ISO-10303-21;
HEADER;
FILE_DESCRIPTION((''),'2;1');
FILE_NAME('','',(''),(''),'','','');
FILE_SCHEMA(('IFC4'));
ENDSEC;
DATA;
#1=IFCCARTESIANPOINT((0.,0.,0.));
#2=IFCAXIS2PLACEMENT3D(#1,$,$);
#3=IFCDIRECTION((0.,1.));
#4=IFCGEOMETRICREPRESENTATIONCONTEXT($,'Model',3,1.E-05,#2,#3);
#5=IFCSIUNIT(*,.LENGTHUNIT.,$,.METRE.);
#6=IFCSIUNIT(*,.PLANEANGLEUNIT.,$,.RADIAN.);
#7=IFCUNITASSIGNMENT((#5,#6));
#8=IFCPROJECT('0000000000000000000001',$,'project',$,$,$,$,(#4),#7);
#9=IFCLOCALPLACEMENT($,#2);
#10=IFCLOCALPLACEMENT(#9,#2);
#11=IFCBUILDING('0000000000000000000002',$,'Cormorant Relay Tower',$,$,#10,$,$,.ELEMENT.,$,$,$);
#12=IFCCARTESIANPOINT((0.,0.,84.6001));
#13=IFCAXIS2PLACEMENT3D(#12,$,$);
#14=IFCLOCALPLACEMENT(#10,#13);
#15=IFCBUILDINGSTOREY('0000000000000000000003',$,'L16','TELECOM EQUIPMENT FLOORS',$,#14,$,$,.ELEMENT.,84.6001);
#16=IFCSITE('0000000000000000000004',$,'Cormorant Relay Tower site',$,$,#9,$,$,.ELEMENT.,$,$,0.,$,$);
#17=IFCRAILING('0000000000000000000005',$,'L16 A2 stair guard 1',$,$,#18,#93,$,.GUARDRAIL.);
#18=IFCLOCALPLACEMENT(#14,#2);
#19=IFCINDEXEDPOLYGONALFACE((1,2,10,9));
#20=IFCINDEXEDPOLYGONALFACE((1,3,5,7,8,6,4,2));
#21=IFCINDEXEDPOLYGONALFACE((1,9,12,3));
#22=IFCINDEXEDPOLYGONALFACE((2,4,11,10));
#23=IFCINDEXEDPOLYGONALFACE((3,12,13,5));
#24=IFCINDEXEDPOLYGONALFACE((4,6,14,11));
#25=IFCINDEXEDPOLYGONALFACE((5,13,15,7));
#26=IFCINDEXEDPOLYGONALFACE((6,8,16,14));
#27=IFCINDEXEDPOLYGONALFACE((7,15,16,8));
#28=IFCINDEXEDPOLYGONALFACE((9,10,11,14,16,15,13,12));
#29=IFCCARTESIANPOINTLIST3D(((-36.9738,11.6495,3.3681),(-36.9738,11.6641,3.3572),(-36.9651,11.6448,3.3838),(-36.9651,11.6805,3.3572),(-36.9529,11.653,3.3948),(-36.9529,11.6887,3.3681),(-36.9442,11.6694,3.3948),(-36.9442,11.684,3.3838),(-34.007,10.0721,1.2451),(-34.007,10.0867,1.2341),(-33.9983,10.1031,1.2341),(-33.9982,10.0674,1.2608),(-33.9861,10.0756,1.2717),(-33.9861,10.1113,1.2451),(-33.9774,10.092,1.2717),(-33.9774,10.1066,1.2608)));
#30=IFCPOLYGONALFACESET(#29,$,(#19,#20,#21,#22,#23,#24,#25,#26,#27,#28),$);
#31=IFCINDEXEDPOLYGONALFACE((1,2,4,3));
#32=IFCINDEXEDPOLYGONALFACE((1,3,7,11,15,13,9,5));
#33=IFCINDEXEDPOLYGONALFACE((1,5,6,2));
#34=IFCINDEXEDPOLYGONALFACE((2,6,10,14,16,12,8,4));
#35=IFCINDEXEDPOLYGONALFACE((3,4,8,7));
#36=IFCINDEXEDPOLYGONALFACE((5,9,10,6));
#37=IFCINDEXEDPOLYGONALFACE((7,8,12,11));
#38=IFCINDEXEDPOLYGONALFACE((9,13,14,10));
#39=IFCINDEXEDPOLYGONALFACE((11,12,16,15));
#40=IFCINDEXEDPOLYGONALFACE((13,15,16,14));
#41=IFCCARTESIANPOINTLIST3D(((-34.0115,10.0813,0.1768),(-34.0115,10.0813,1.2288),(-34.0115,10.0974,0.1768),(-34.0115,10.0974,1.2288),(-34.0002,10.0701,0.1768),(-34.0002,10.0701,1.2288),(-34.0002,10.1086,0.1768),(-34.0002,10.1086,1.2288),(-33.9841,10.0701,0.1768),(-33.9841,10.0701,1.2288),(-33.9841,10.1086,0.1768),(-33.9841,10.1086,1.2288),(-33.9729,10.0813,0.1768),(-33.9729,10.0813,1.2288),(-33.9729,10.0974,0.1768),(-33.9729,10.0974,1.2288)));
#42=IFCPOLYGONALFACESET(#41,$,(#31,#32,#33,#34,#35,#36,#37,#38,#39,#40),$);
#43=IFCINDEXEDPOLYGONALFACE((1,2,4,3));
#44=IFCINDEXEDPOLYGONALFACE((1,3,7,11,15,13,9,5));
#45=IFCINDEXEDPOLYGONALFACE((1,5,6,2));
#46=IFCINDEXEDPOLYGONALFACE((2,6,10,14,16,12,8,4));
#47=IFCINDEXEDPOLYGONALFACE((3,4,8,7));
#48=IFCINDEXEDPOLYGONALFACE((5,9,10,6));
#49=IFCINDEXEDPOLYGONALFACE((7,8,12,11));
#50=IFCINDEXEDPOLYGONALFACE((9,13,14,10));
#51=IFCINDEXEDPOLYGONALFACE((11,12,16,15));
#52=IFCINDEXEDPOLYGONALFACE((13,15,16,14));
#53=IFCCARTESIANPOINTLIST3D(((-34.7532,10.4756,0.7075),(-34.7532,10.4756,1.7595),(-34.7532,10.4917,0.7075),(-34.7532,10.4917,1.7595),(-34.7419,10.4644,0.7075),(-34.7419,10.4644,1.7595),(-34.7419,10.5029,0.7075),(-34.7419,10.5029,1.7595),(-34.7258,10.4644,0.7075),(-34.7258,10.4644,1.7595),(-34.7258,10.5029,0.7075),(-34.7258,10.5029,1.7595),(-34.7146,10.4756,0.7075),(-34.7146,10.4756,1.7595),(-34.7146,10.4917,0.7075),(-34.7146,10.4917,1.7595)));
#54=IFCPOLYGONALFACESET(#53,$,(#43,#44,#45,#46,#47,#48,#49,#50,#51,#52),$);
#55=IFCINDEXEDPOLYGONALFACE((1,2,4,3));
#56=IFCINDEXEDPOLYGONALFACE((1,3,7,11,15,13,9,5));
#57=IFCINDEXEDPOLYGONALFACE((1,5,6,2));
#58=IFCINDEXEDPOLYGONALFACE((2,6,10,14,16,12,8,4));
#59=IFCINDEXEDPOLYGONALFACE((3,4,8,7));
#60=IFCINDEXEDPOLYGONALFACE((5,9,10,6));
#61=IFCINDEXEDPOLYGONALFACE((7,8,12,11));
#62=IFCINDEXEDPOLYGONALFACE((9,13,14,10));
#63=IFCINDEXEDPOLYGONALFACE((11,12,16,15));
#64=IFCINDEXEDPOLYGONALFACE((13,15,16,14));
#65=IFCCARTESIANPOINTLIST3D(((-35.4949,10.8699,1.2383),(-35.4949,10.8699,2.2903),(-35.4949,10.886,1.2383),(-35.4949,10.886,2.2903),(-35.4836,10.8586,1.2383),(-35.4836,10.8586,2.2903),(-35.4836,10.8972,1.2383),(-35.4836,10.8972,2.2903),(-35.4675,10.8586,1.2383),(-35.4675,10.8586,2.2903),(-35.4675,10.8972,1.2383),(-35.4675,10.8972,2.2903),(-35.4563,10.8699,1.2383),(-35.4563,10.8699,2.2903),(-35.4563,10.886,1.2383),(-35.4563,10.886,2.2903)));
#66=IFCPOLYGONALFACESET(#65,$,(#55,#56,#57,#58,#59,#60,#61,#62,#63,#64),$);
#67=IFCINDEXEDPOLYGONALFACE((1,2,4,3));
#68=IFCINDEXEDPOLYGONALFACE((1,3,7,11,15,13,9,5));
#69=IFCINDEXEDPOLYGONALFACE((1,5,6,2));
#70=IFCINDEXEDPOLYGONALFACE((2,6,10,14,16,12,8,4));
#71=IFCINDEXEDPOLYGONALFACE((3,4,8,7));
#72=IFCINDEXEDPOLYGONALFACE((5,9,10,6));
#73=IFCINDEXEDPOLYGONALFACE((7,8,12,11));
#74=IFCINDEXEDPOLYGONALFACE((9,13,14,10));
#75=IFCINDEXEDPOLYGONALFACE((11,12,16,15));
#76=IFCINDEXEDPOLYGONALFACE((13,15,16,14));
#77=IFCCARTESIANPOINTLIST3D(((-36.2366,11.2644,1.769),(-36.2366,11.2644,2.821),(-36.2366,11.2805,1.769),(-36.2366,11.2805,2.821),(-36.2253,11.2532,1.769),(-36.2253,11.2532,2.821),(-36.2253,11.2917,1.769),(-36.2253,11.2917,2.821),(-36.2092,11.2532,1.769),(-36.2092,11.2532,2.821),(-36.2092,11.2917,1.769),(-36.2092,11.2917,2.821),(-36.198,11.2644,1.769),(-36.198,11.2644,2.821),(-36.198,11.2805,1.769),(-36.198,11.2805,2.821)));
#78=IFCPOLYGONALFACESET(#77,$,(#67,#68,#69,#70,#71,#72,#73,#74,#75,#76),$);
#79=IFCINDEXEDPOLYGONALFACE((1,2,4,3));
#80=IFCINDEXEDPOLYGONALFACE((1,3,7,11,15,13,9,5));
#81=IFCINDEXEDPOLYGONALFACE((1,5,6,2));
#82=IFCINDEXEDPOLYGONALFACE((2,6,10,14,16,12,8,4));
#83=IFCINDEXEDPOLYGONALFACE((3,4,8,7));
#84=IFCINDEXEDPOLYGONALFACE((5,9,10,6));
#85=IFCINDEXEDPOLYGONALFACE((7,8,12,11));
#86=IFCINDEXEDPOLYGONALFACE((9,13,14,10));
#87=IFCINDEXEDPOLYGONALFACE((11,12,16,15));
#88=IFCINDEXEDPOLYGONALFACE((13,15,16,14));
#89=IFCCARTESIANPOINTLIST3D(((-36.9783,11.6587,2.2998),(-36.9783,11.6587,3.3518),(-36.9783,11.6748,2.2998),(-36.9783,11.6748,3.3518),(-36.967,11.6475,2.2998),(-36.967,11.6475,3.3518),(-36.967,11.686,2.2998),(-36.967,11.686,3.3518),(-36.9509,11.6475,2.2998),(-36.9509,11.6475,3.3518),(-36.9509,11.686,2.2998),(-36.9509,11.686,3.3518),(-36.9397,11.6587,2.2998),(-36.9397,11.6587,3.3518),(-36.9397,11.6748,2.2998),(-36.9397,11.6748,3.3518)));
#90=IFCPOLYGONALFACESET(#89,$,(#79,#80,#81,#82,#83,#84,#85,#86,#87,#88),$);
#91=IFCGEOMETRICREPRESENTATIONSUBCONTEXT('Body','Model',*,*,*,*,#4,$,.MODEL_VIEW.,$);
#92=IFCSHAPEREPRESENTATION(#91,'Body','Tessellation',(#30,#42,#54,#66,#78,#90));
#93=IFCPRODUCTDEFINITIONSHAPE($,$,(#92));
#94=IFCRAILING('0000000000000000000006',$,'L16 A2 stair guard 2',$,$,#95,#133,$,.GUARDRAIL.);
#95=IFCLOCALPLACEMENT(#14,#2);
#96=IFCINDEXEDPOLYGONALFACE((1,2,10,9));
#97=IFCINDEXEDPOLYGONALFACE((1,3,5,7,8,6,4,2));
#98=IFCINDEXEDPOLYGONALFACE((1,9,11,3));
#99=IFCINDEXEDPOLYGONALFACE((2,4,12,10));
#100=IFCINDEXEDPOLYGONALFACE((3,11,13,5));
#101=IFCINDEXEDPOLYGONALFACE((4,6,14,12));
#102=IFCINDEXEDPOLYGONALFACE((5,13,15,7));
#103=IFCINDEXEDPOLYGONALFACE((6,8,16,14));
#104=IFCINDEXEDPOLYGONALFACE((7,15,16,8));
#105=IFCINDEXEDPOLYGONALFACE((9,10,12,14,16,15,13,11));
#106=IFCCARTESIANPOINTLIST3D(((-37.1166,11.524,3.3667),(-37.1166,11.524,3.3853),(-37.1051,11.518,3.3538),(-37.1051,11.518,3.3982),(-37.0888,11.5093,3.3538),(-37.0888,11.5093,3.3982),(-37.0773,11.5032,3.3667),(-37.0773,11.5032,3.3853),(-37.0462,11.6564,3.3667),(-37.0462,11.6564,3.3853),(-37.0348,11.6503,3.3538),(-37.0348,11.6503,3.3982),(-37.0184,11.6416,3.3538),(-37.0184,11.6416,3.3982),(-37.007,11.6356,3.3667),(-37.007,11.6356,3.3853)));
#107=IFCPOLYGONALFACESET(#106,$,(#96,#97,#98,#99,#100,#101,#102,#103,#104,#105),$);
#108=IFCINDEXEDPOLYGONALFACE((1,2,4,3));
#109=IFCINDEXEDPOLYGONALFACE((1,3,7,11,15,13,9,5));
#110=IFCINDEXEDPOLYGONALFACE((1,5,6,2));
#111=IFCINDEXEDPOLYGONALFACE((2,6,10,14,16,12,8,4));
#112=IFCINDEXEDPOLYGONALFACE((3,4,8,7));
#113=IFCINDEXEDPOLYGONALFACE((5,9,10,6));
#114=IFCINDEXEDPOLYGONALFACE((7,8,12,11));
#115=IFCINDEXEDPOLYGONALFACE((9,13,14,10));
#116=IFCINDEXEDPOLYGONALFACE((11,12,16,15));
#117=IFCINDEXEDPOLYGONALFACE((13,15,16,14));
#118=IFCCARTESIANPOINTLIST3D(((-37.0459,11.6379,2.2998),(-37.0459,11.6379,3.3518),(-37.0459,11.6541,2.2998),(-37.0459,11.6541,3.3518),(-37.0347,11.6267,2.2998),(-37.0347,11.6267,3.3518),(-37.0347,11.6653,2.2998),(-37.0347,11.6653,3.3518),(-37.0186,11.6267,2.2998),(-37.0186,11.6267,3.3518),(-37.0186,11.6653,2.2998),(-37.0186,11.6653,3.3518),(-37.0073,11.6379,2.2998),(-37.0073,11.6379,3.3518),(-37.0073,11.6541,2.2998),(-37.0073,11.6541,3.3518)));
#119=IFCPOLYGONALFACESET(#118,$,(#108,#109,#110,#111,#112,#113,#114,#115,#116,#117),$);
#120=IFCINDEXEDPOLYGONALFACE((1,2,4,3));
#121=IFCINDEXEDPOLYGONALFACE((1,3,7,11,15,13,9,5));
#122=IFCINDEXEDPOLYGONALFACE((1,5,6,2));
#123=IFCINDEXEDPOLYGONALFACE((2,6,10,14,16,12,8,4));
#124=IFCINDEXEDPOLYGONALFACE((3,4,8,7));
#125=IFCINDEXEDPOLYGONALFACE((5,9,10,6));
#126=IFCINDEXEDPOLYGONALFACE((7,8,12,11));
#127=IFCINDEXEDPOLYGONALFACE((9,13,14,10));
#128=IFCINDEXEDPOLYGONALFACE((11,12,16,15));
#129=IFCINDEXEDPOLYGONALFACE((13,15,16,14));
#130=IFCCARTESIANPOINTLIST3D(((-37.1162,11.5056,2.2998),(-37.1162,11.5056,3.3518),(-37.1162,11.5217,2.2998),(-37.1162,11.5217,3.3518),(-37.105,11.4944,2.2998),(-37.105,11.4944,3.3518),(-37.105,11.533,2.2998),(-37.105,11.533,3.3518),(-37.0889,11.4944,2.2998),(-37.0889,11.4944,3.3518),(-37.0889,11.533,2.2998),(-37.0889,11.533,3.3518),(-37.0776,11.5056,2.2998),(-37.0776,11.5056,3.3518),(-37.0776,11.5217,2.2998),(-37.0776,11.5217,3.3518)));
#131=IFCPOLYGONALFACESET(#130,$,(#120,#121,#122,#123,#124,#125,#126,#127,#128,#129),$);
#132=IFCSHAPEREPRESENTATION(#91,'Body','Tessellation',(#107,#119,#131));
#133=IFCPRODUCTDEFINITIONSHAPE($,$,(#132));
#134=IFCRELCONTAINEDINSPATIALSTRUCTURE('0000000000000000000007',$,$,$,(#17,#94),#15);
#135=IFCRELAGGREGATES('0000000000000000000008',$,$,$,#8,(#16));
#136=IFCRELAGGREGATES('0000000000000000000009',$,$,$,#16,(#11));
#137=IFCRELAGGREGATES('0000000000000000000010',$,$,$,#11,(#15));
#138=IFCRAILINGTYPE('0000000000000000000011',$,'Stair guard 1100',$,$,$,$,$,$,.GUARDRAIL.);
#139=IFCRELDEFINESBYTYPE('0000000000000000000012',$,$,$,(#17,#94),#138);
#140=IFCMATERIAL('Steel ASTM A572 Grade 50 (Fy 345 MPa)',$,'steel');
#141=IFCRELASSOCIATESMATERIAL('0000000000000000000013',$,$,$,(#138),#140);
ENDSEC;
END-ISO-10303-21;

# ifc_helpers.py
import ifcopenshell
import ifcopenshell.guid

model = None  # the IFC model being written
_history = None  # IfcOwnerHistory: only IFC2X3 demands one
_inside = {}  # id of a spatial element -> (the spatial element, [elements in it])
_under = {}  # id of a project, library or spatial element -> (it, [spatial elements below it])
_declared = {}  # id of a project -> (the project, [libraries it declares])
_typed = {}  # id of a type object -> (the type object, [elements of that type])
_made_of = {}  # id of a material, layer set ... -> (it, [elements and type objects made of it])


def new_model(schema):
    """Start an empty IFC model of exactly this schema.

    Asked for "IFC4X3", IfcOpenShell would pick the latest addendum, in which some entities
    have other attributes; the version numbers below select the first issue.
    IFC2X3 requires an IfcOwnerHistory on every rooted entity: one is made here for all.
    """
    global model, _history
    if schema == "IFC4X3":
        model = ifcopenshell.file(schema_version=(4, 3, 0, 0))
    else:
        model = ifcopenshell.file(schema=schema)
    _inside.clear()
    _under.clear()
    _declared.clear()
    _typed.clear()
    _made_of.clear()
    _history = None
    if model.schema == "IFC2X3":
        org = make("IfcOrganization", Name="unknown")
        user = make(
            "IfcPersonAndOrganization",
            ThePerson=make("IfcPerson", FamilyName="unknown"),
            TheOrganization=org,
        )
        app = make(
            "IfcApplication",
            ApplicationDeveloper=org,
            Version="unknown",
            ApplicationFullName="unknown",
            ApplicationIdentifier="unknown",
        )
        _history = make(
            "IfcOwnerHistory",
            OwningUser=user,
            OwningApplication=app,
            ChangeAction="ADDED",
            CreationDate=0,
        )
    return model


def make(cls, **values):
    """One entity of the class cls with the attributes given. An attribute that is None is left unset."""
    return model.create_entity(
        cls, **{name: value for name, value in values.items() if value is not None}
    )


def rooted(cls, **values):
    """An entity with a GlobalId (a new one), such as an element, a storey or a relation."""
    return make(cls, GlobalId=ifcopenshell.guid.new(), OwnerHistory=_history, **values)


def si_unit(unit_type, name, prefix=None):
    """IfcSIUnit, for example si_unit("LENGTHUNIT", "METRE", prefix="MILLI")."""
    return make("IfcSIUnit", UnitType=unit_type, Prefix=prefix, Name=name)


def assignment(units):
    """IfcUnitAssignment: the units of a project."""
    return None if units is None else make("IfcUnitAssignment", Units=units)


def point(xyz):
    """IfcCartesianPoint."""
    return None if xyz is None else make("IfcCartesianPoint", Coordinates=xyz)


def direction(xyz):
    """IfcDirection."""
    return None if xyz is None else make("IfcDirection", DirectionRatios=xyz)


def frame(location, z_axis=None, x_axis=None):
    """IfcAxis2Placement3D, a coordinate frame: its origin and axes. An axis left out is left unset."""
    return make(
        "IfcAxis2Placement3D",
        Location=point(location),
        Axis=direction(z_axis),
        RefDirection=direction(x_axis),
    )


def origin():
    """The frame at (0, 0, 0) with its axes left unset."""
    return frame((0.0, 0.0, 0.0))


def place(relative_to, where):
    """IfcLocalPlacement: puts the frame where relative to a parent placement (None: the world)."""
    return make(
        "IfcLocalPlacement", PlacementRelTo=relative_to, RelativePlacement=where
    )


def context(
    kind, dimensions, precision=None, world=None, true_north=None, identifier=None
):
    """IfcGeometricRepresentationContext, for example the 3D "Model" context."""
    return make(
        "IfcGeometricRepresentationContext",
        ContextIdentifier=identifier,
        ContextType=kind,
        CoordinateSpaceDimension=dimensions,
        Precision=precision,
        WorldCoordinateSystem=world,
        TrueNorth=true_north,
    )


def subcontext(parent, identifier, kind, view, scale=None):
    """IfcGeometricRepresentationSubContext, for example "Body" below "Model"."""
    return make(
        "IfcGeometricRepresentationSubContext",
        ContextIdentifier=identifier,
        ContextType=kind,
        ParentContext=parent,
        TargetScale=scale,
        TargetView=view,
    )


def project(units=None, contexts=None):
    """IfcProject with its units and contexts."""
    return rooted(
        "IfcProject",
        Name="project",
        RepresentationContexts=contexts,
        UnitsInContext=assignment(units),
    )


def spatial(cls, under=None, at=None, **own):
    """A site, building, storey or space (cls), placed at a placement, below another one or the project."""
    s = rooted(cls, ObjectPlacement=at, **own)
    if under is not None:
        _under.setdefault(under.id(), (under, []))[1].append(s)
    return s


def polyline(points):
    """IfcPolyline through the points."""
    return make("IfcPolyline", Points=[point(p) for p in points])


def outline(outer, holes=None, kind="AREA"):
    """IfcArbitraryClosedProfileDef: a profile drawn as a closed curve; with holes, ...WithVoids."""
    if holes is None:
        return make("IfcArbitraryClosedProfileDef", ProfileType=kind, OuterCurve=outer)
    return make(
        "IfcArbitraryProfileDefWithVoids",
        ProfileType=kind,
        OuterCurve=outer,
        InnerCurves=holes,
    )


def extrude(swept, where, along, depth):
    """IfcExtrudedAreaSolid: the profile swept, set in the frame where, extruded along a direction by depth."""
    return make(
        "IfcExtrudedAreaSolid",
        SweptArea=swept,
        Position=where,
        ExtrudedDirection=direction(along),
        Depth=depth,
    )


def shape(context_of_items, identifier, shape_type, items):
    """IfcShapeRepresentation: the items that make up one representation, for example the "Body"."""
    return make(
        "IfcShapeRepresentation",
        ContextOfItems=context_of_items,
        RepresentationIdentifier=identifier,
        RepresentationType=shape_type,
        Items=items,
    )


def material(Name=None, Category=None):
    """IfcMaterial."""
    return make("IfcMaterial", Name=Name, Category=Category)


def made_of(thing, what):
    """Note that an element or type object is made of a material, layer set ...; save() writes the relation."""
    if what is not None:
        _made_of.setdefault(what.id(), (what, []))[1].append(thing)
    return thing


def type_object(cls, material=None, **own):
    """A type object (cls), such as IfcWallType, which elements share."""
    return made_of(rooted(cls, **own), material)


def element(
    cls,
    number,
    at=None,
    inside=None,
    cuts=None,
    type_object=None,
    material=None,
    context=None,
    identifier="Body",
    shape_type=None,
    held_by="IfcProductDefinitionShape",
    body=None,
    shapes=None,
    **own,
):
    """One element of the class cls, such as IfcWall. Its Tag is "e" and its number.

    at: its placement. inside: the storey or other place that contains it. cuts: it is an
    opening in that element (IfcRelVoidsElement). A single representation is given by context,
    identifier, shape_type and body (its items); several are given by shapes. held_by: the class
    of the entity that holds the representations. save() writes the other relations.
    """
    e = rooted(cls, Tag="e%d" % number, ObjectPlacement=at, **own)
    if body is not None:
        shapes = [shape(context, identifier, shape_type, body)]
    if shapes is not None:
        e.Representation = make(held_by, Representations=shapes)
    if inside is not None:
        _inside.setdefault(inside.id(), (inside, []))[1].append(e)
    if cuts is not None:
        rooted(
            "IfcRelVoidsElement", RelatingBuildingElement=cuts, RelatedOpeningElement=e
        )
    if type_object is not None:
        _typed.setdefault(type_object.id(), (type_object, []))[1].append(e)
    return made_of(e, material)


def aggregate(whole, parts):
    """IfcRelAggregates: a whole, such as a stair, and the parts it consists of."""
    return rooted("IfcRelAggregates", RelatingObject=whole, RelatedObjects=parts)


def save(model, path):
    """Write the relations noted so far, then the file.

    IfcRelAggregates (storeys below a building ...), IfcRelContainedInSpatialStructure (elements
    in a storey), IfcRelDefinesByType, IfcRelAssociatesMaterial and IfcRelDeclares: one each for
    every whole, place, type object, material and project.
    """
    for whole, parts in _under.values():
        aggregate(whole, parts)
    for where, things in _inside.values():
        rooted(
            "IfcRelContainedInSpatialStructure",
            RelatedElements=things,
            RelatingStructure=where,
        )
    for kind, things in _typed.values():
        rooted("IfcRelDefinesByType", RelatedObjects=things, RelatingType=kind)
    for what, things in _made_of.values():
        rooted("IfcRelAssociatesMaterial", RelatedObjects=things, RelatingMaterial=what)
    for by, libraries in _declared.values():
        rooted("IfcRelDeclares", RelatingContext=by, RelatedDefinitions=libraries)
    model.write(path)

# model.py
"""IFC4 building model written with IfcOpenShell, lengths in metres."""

from ifc_helpers import new_model, si_unit, direction, frame, origin, place, context, subcontext, project, spatial, polyline, outline, extrude, material, type_object, element, save


model = new_model("IFC4")

# Units and contexts
model_context = context("Model", 3, precision=1e-05, world=origin(), true_north=direction((0.0, 1.0)))
body_context = subcontext(model_context, "Body", "Model", "MODEL_VIEW")
ifc_project = project(units=[si_unit("LENGTHUNIT", "METRE"), si_unit("PLANEANGLEUNIT", "RADIAN")], contexts=[model_context])

# Site, building, storey
site_placement = place(None, origin())
site = spatial("IfcSite", under=ifc_project, at=site_placement, Name="Cormorant Relay Tower site", CompositionType="ELEMENT", RefElevation=0.0)
building_placement = place(site_placement, origin())
building = spatial("IfcBuilding", under=site, at=building_placement, Name="Cormorant Relay Tower", CompositionType="ELEMENT")
storey_placement = place(building_placement, frame((0.0, 0.0, 84.6001)))
storey = spatial("IfcBuildingStorey", under=building, at=storey_placement, Name="L16", Description="TELECOM EQUIPMENT FLOORS", CompositionType="ELEMENT", Elevation=84.6001)

# Railings
ifc_material_1 = material(Name="Steel ASTM A572 Grade 50 (Fy 345 MPa)", Category="steel")
railing_type_1 = type_object("IfcRailingType", Name="Stair guard 1100", PredefinedType="GUARDRAIL", material=ifc_material_1)
railing_1_placement = place(storey_placement, frame((-33.9922, 10.0894, 0.1768)))
element("IfcRailing", 1, at=railing_1_placement, inside=storey, type_object=railing_type_1, Name="L16 A2 stair guard 1", PredefinedType="GUARDRAIL", context=body_context, shape_type="SweptSolid", body=[
    extrude(outline(polyline([(0.0222, 0.0093), (0.0093, 0.0222), (-0.0093, 0.0222), (-0.0222, 0.0093), (-0.0222, -0.0093), (-0.0093, -0.0222), (0.0093, -0.0222), (0.0222, -0.0093), (0.0222, 0.0093)])), frame((0.0, 0.0, 1.0762), z_axis=(-0.746441, 0.396869, 0.534155), x_axis=(-0.469453, -0.882958, 0.0)), (0.0, 0.0, 1.0), 3.9746),
    extrude(outline(polyline([(0.0193, 0.0081), (0.0081, 0.0193), (-0.0081, 0.0193), (-0.0193, 0.0081), (-0.0193, -0.0081), (-0.0081, -0.0193), (0.0081, -0.0193), (0.0193, -0.0081), (0.0193, 0.0081)])), origin(), (0.0, 0.0, 1.0), 1.052),
    extrude(outline(polyline([(0.0193, 0.0081), (0.0081, 0.0193), (-0.0081, 0.0193), (-0.0193, 0.0081), (-0.0193, -0.0081), (-0.0081, -0.0193), (0.0081, -0.0193), (0.0193, -0.0081), (0.0193, 0.0081)])), frame((-0.7417, 0.3943, 0.5308)), (0.0, 0.0, 1.0), 1.052),
    extrude(outline(polyline([(0.0193, 0.0081), (0.0081, 0.0193), (-0.0081, 0.0193), (-0.0193, 0.0081), (-0.0193, -0.0081), (-0.0081, -0.0193), (0.0081, -0.0193), (0.0193, -0.0081), (0.0193, 0.0081)])), frame((-1.4834, 0.7886, 1.0615)), (0.0, 0.0, 1.0), 1.052),
    extrude(outline(polyline([(0.0193, 0.0081), (0.0081, 0.0193), (-0.0081, 0.0193), (-0.0193, 0.0081), (-0.0193, -0.0081), (-0.0081, -0.0193), (0.0081, -0.0193), (0.0193, -0.0081), (0.0193, 0.0081)])), frame((-2.2251, 1.1831, 1.5923)), (0.0, 0.0, 1.0), 1.052),
    extrude(outline(polyline([(0.0193, 0.0081), (0.0081, 0.0193), (-0.0081, 0.0193), (-0.0193, 0.0081), (-0.0193, -0.0081), (-0.0081, -0.0193), (0.0081, -0.0193), (0.0193, -0.0081), (0.0193, 0.0081)])), frame((-2.9668, 1.5774, 2.123)), (0.0, 0.0, 1.0), 1.052),
])
railing_2_placement = place(storey_placement, frame((-37.0266, 11.646, 2.2998)))
element("IfcRailing", 2, at=railing_2_placement, inside=storey, type_object=railing_type_1, Name="L16 A2 stair guard 2", PredefinedType="GUARDRAIL", context=body_context, shape_type="SweptSolid", body=[
    extrude(outline(polyline([(0.0222, 0.0093), (0.0093, 0.0222), (-0.0093, 0.0222), (-0.0222, 0.0093), (-0.0222, -0.0093), (-0.0093, -0.0222), (0.0093, -0.0222), (0.0222, -0.0093), (0.0222, 0.0093)])), frame((0.0, 0.0, 1.0762), z_axis=(-0.469235, -0.883074, 0.0), x_axis=(0.883074, -0.469235, 0.0)), (0.0, 0.0, 1.0), 0.1499),
    extrude(outline(polyline([(0.0193, 0.0081), (0.0081, 0.0193), (-0.0081, 0.0193), (-0.0193, 0.0081), (-0.0193, -0.0081), (-0.0081, -0.0193), (0.0081, -0.0193), (0.0193, -0.0081), (0.0193, 0.0081)])), origin(), (0.0, 0.0, 1.0), 1.052),
    extrude(outline(polyline([(0.0193, 0.0081), (0.0081, 0.0193), (-0.0081, 0.0193), (-0.0193, 0.0081), (-0.0193, -0.0081), (-0.0081, -0.0193), (0.0081, -0.0193), (0.0193, -0.0081), (0.0193, 0.0081)])), frame((-0.0703, -0.1323, 0.0)), (0.0, 0.0, 1.0), 1.052),
])

save(model, "model.ifc")
